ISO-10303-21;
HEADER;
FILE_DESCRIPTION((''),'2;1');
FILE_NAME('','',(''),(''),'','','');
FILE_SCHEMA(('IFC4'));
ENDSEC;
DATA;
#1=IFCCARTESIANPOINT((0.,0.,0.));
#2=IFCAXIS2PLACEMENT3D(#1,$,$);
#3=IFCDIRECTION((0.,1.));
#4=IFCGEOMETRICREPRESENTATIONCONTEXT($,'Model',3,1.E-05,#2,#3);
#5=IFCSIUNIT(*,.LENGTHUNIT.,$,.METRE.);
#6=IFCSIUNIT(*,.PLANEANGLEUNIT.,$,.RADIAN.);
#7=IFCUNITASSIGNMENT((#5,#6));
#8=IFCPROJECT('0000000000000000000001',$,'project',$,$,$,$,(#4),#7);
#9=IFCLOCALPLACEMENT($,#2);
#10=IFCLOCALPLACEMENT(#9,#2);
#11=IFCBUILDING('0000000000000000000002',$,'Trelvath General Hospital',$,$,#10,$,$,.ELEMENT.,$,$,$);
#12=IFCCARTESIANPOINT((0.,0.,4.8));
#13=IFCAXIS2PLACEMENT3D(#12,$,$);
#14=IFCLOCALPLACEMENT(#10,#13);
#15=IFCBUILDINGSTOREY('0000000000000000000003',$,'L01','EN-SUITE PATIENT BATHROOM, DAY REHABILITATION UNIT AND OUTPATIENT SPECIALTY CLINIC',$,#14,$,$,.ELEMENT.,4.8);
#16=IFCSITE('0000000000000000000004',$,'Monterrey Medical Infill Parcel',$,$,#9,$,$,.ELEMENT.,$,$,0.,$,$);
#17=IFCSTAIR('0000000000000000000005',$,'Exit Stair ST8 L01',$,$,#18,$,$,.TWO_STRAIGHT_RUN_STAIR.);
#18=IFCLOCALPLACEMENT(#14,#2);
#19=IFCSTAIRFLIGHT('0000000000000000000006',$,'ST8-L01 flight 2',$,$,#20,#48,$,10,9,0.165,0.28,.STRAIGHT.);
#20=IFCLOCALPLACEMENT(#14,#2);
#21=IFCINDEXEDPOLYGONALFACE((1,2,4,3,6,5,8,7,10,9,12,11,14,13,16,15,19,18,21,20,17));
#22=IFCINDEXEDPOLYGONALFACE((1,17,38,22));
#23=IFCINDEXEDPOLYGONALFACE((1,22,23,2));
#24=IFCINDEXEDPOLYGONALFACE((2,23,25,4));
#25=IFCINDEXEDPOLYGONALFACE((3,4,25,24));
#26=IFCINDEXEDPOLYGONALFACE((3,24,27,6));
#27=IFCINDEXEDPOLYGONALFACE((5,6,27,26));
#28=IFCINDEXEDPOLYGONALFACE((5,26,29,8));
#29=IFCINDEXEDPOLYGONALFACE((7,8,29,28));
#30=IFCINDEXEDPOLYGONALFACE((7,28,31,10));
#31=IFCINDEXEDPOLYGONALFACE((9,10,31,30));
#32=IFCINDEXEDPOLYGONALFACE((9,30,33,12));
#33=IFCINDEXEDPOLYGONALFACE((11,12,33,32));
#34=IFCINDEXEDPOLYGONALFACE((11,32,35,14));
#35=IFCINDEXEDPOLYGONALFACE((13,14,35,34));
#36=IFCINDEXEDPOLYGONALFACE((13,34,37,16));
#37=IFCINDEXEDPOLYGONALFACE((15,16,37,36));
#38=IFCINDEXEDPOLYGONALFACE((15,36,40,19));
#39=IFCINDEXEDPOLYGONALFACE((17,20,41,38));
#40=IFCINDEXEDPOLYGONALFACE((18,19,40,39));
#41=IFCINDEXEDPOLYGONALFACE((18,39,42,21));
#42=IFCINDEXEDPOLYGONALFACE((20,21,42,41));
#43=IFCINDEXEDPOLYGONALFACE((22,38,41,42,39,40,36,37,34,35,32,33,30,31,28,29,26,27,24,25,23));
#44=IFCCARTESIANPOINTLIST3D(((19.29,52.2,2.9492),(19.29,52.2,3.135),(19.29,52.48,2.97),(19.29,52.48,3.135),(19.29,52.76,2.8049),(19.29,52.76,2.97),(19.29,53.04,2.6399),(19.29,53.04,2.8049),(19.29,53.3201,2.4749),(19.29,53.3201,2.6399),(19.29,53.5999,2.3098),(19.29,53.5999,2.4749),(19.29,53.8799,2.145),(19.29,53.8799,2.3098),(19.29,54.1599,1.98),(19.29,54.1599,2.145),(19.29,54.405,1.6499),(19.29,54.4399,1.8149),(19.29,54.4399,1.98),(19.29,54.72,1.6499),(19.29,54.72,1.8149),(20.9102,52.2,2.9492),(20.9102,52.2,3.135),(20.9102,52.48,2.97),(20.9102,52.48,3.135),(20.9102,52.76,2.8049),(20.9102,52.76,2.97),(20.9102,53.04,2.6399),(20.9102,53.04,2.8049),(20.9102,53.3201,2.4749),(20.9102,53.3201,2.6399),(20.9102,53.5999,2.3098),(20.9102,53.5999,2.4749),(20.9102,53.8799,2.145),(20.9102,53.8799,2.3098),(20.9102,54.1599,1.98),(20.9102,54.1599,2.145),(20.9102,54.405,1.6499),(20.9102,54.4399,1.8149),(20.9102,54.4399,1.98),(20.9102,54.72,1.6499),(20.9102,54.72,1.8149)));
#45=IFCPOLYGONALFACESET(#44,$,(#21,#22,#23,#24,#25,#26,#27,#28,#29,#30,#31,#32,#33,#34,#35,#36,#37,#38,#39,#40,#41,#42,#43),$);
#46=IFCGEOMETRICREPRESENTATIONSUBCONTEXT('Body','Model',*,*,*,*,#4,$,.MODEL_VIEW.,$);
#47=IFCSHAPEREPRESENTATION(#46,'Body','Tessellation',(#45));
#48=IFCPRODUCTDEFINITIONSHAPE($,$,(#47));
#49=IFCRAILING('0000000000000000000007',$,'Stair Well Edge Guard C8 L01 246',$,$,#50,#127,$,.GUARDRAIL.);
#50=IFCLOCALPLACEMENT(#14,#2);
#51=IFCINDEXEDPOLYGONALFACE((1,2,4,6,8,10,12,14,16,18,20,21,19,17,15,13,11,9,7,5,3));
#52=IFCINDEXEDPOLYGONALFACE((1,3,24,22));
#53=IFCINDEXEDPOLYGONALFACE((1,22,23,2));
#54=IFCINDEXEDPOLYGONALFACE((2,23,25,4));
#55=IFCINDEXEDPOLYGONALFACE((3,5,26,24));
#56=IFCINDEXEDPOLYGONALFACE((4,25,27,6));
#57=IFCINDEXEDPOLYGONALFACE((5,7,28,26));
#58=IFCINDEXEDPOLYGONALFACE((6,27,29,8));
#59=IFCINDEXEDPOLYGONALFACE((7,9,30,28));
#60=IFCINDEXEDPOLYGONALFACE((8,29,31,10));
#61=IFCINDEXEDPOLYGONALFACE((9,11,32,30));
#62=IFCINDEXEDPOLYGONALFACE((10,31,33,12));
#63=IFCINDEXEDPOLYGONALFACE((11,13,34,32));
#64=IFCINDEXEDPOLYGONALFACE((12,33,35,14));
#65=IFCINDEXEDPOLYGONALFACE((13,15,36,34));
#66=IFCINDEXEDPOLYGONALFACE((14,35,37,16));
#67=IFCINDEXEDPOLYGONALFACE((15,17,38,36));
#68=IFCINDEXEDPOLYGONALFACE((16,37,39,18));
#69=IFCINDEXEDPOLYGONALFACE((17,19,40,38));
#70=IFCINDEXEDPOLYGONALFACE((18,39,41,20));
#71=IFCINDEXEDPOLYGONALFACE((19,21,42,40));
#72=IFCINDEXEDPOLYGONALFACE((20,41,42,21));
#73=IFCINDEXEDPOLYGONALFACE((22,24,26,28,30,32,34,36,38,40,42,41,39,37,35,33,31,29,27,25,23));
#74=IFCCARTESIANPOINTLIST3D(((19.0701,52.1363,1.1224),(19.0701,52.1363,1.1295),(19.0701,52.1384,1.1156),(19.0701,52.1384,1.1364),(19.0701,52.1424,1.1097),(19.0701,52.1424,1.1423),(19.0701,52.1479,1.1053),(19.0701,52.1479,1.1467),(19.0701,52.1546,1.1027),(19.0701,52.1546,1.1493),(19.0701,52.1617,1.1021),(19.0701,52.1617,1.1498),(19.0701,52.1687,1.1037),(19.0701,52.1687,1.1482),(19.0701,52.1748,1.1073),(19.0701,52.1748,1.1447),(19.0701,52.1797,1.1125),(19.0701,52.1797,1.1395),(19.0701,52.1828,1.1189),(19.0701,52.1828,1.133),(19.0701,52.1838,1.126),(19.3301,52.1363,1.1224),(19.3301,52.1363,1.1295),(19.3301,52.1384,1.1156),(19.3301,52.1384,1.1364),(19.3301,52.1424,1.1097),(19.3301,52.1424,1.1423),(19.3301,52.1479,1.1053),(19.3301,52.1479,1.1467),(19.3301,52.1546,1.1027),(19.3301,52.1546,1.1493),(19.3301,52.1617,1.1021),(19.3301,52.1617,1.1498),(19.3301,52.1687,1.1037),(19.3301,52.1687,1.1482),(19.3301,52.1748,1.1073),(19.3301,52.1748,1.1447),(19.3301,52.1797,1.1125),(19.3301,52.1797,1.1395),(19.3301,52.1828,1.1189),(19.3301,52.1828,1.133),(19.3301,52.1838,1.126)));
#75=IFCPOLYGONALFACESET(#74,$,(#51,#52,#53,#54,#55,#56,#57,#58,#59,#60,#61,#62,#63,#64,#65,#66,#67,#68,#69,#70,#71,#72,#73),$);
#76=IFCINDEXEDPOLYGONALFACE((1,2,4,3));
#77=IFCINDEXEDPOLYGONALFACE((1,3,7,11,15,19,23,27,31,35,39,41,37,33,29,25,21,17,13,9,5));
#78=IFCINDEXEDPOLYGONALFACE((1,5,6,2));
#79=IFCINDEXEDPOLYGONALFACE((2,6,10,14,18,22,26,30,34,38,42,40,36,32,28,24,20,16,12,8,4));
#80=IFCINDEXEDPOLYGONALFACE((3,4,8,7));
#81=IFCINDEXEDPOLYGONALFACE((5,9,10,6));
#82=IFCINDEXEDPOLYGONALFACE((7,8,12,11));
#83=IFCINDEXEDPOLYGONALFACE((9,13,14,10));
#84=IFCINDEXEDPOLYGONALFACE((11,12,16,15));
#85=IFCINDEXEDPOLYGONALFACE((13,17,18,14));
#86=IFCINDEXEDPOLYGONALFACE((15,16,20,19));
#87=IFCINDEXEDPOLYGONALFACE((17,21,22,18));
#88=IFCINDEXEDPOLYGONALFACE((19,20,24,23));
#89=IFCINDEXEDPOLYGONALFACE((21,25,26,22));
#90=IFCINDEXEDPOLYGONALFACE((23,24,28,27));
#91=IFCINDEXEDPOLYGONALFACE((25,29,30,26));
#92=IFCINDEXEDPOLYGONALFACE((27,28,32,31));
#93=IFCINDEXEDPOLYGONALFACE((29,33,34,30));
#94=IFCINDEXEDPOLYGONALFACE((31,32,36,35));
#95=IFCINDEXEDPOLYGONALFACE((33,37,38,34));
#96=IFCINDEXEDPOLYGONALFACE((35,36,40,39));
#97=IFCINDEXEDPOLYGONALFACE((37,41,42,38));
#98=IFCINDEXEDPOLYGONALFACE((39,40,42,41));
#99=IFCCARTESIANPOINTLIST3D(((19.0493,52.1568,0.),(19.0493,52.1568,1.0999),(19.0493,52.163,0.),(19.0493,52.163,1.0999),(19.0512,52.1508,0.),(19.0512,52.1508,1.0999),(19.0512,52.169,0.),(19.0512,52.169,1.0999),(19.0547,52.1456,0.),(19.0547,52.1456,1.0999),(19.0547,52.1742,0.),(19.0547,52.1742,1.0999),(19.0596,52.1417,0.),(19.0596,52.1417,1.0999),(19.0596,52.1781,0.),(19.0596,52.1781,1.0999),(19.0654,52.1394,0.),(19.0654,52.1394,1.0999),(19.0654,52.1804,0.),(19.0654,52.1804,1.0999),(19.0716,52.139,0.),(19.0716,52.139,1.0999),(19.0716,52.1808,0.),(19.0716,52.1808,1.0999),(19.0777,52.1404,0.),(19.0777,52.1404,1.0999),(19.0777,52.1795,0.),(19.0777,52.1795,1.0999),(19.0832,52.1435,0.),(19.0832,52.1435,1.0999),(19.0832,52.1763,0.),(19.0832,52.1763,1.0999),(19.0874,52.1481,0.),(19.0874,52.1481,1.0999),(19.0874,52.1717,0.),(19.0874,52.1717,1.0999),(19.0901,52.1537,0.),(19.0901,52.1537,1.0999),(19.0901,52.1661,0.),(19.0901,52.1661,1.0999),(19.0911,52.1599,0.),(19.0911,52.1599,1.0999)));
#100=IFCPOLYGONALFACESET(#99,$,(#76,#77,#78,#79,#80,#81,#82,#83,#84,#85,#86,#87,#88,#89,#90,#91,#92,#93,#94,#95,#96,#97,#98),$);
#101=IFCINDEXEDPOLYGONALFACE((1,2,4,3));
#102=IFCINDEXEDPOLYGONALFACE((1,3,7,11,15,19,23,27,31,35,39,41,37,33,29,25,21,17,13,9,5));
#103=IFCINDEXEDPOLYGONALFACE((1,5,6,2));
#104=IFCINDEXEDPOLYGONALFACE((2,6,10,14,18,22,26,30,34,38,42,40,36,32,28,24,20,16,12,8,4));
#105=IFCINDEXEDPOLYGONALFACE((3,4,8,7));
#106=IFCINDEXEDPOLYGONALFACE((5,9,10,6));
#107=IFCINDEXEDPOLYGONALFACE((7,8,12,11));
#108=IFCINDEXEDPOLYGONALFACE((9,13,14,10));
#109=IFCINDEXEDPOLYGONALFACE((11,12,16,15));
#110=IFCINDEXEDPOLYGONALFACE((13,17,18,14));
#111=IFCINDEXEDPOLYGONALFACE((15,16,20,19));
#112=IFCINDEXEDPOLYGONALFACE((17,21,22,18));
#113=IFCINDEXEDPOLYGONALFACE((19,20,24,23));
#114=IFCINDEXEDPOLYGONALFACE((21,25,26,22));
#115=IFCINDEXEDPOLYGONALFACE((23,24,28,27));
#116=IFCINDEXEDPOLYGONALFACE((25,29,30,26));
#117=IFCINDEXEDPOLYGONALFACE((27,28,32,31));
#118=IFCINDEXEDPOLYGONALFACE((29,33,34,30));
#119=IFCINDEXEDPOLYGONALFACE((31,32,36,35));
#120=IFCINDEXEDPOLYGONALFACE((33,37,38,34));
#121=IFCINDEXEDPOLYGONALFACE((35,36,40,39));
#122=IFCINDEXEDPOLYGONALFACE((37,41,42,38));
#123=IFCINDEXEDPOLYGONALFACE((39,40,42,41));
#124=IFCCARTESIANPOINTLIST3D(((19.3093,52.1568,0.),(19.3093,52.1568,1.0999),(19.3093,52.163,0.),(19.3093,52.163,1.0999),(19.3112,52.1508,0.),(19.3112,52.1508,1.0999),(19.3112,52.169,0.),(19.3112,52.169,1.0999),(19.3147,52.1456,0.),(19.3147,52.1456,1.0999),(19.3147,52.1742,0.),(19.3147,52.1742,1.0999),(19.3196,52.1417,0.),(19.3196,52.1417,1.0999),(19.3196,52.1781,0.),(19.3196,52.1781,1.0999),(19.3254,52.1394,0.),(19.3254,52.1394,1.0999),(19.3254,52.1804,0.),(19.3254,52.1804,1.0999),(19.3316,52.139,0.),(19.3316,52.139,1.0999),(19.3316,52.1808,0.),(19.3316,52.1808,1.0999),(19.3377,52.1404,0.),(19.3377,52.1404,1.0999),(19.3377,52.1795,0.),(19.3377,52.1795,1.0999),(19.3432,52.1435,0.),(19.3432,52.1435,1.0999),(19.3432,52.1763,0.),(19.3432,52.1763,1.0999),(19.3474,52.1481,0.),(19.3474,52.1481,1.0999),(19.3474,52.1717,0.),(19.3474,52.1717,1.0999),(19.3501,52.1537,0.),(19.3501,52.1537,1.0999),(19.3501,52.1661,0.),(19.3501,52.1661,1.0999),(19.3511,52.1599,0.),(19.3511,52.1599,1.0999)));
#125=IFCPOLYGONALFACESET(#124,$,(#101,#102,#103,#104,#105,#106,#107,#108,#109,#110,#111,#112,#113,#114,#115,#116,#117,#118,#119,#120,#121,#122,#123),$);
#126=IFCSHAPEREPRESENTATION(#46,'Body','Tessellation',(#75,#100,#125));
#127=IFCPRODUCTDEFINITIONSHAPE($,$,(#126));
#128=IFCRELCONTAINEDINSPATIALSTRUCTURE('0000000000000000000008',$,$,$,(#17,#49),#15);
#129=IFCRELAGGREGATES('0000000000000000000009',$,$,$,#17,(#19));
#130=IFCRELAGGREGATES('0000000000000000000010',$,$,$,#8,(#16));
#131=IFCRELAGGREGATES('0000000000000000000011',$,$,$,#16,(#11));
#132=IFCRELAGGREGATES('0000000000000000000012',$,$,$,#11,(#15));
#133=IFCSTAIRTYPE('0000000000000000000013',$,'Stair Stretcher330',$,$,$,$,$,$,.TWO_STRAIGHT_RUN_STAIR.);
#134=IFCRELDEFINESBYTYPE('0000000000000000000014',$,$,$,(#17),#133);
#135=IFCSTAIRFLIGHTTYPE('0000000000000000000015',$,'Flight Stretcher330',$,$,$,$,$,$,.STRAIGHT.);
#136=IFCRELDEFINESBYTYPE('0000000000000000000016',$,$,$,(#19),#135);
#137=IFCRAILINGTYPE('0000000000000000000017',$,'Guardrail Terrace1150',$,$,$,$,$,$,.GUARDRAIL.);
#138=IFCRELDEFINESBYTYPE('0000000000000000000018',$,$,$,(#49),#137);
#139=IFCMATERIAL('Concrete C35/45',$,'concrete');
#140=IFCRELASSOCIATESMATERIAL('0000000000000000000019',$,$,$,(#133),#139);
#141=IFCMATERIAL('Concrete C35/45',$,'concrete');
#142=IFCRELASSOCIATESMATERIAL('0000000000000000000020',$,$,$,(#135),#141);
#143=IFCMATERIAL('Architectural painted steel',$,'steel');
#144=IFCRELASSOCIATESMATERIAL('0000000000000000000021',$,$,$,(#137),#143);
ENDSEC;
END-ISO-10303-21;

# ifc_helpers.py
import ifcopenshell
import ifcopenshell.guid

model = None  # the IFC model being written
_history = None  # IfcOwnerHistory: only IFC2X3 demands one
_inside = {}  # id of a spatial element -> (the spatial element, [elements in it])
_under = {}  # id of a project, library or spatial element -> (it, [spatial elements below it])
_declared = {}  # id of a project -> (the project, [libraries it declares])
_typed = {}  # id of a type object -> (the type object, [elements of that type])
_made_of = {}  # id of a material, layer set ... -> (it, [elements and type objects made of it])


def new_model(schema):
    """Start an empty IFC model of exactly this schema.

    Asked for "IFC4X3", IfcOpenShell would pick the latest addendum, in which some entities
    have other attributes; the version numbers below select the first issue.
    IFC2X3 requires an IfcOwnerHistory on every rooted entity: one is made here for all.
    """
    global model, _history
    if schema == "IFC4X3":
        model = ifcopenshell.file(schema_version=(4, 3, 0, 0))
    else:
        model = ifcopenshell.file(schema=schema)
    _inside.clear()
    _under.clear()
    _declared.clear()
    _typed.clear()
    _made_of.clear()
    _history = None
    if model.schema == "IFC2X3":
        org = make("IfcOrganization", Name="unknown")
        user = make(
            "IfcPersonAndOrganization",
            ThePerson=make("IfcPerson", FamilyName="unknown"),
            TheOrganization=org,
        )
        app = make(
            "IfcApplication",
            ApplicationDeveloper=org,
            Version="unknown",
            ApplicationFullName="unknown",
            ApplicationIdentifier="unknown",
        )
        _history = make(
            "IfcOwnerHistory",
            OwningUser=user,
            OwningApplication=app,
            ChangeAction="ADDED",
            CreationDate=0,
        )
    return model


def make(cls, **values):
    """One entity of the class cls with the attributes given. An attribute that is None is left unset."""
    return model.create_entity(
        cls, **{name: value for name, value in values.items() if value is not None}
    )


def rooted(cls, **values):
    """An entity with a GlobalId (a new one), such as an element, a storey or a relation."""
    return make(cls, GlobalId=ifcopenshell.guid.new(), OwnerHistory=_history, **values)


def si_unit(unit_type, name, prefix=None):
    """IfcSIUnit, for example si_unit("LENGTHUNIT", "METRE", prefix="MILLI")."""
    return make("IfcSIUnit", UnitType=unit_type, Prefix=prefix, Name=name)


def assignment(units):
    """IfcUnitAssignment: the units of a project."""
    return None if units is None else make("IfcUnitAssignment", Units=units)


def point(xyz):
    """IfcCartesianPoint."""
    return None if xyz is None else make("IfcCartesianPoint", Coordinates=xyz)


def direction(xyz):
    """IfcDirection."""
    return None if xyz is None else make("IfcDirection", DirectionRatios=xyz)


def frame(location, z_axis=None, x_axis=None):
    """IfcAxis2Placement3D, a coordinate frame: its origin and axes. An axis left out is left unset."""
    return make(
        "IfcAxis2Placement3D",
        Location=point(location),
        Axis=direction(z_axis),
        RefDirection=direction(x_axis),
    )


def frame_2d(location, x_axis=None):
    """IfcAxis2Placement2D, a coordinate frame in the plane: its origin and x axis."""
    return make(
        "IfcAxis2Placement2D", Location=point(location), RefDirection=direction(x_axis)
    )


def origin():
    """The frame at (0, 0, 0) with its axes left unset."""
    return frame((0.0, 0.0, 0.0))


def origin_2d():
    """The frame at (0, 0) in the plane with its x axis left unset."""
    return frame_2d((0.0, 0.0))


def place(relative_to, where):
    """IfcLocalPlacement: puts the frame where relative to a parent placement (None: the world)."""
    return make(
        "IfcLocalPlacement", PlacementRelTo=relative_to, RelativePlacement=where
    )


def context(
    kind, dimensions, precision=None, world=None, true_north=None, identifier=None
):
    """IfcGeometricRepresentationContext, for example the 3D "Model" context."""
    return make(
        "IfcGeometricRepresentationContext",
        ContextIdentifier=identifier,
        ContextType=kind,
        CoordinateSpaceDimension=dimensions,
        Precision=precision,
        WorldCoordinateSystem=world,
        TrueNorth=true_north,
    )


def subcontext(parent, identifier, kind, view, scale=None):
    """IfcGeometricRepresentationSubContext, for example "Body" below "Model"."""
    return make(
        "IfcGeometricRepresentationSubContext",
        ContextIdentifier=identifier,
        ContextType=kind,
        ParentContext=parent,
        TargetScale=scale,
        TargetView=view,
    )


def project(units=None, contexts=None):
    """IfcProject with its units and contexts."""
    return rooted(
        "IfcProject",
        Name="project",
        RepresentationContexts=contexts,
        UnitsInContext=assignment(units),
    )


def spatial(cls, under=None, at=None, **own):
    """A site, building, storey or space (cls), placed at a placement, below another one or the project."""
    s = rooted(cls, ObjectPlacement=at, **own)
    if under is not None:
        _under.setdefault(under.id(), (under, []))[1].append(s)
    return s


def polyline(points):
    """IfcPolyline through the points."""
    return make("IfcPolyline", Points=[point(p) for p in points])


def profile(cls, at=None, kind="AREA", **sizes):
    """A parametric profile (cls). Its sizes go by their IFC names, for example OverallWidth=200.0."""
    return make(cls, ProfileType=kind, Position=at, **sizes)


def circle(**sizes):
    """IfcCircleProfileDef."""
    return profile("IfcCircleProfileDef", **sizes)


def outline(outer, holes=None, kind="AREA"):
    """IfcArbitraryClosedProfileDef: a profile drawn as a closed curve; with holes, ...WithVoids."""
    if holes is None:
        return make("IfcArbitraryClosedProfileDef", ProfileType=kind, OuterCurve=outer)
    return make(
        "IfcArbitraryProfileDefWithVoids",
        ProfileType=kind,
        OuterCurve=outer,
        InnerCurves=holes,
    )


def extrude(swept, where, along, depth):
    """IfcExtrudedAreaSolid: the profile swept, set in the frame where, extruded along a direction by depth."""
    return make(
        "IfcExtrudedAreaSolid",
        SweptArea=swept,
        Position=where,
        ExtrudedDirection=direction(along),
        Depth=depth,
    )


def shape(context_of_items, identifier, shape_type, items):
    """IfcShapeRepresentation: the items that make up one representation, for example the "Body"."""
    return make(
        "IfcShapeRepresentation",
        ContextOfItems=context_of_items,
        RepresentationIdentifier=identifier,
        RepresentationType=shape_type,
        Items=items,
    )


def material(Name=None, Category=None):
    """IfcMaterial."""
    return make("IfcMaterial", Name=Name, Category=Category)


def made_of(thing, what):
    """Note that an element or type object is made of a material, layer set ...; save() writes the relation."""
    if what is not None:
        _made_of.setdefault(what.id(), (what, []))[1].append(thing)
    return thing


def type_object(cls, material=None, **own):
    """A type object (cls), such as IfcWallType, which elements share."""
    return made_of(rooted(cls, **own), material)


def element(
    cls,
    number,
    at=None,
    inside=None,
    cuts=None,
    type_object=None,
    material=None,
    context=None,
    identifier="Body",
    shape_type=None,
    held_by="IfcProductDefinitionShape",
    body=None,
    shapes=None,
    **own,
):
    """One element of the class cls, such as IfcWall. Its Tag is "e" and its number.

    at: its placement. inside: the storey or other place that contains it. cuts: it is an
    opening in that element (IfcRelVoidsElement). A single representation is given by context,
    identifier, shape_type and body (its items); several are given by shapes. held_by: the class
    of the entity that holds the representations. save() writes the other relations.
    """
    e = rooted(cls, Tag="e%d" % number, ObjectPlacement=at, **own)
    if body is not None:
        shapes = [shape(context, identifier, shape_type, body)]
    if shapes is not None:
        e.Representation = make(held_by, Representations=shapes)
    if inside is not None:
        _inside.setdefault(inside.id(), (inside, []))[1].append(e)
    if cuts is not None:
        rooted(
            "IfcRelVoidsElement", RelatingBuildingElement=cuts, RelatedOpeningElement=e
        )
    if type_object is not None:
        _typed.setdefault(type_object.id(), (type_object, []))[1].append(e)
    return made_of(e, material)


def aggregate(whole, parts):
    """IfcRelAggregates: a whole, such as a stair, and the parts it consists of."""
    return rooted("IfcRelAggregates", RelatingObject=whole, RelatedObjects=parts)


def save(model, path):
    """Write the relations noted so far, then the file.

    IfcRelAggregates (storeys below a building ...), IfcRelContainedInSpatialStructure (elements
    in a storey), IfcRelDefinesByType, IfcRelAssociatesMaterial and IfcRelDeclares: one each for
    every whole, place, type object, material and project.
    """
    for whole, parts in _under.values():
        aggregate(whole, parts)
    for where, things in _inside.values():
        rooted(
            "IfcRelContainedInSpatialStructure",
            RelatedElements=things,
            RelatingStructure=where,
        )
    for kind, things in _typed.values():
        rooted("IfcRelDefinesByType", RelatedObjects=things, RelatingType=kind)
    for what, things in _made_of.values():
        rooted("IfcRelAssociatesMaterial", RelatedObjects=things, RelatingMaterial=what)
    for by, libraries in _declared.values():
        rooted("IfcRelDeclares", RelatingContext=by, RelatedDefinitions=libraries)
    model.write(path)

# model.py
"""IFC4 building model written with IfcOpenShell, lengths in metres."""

from ifc_helpers import new_model, si_unit, direction, frame, origin, origin_2d, place, context, subcontext, project, spatial, polyline, circle, outline, extrude, material, type_object, element, aggregate, save


model = new_model("IFC4")

# Units and contexts
model_context = context("Model", 3, precision=1e-05, world=origin(), true_north=direction((0.0, 1.0)))
body_context = subcontext(model_context, "Body", "Model", "MODEL_VIEW")
ifc_project = project(units=[si_unit("LENGTHUNIT", "METRE"), si_unit("PLANEANGLEUNIT", "RADIAN")], contexts=[model_context])

# Site, building, storey
site_placement = place(None, origin())
site = spatial("IfcSite", under=ifc_project, at=site_placement, Name="Monterrey Medical Infill Parcel", CompositionType="ELEMENT", RefElevation=0.0)
building_placement = place(site_placement, origin())
building = spatial("IfcBuilding", under=site, at=building_placement, Name="Trelvath General Hospital", CompositionType="ELEMENT")
storey_placement = place(building_placement, frame((0.0, 0.0, 4.8)))
storey = spatial("IfcBuildingStorey", under=building, at=storey_placement, Name="L01", Description="EN-SUITE PATIENT BATHROOM, DAY REHABILITATION UNIT AND OUTPATIENT SPECIALTY CLINIC", CompositionType="ELEMENT", Elevation=4.8)

# Stair, stair flight
ifc_material_1 = material(Name="Concrete C35/45", Category="concrete")
stair_type = type_object("IfcStairType", Name="Stair Stretcher330", PredefinedType="TWO_STRAIGHT_RUN_STAIR", material=ifc_material_1)
stair_placement = place(storey_placement, origin())
stair = element("IfcStair", 1, at=stair_placement, inside=storey, type_object=stair_type, Name="Exit Stair ST8 L01", PredefinedType="TWO_STRAIGHT_RUN_STAIR")
ifc_material_2 = material(Name="Concrete C35/45", Category="concrete")
stair_flight_type = type_object("IfcStairFlightType", Name="Flight Stretcher330", PredefinedType="STRAIGHT", material=ifc_material_2)
stair_flight_1_placement = place(storey_placement, frame((20.1001, 54.72, 1.6499), z_axis=(0.0, 0.0, 1.0), x_axis=(0.0, -1.0, 0.0)))
stair_flight_1 = element("IfcStairFlight", 2, at=stair_flight_1_placement, type_object=stair_flight_type, Name="ST8-L01 flight 2", NumberOfRisers=10, NumberOfTreads=9, PredefinedType="STRAIGHT", RiserHeight=0.165, TreadLength=0.28, context=body_context, shape_type="SweptSolid", body=[
    extrude(outline(polyline([(0.0, 0.0), (0.0, 0.165), (0.28, 0.165), (0.28, 0.3301), (0.5601, 0.3301), (0.5601, 0.4951), (0.8401, 0.4951), (0.8401, 0.6599), (1.1201, 0.6599), (1.1201, 0.825), (1.3999, 0.825), (1.3999, 0.99), (1.6799, 0.99), (1.6799, 1.155), (1.96, 1.155), (1.96, 1.3201), (2.24, 1.3201), (2.24, 1.4851), (2.52, 1.4851), (2.52, 1.6499), (2.52, 1.2993), (0.3149, 0.0), (0.0, 0.0)])), frame((0.0, 0.8101, 0.0), z_axis=(0.0, -1.0, 0.0), x_axis=(1.0, 0.0, 0.0)), (0.0, 0.0, 1.0), 1.6201),
])
aggregate(stair, [stair_flight_1])

# Railing
ifc_material_3 = material(Name="Architectural painted steel", Category="steel")
railing_type_1 = type_object("IfcRailingType", Name="Guardrail Terrace1150", PredefinedType="GUARDRAIL", material=ifc_material_3)
railing_1_placement = place(storey_placement, frame((19.0701, 52.1599, 0.0)))
element("IfcRailing", 3, at=railing_1_placement, inside=storey, type_object=railing_type_1, Name="Stair Well Edge Guard C8 L01 246", PredefinedType="GUARDRAIL", context=body_context, shape_type="SweptSolid", body=[
    extrude(circle(Radius=0.0239, at=origin_2d()), frame((0.0, 0.0, 1.126), z_axis=(1.0, 0.0, 0.0), x_axis=(0.0, 1.0, 0.0)), (0.0, 0.0, 1.0), 0.26),
    extrude(circle(Radius=0.021, at=origin_2d()), origin(), (0.0, 0.0, 1.0), 1.0999),
    extrude(circle(Radius=0.021, at=origin_2d()), frame((0.26, 0.0, 0.0)), (0.0, 0.0, 1.0), 1.0999),
])

save(model, "model.ifc")
